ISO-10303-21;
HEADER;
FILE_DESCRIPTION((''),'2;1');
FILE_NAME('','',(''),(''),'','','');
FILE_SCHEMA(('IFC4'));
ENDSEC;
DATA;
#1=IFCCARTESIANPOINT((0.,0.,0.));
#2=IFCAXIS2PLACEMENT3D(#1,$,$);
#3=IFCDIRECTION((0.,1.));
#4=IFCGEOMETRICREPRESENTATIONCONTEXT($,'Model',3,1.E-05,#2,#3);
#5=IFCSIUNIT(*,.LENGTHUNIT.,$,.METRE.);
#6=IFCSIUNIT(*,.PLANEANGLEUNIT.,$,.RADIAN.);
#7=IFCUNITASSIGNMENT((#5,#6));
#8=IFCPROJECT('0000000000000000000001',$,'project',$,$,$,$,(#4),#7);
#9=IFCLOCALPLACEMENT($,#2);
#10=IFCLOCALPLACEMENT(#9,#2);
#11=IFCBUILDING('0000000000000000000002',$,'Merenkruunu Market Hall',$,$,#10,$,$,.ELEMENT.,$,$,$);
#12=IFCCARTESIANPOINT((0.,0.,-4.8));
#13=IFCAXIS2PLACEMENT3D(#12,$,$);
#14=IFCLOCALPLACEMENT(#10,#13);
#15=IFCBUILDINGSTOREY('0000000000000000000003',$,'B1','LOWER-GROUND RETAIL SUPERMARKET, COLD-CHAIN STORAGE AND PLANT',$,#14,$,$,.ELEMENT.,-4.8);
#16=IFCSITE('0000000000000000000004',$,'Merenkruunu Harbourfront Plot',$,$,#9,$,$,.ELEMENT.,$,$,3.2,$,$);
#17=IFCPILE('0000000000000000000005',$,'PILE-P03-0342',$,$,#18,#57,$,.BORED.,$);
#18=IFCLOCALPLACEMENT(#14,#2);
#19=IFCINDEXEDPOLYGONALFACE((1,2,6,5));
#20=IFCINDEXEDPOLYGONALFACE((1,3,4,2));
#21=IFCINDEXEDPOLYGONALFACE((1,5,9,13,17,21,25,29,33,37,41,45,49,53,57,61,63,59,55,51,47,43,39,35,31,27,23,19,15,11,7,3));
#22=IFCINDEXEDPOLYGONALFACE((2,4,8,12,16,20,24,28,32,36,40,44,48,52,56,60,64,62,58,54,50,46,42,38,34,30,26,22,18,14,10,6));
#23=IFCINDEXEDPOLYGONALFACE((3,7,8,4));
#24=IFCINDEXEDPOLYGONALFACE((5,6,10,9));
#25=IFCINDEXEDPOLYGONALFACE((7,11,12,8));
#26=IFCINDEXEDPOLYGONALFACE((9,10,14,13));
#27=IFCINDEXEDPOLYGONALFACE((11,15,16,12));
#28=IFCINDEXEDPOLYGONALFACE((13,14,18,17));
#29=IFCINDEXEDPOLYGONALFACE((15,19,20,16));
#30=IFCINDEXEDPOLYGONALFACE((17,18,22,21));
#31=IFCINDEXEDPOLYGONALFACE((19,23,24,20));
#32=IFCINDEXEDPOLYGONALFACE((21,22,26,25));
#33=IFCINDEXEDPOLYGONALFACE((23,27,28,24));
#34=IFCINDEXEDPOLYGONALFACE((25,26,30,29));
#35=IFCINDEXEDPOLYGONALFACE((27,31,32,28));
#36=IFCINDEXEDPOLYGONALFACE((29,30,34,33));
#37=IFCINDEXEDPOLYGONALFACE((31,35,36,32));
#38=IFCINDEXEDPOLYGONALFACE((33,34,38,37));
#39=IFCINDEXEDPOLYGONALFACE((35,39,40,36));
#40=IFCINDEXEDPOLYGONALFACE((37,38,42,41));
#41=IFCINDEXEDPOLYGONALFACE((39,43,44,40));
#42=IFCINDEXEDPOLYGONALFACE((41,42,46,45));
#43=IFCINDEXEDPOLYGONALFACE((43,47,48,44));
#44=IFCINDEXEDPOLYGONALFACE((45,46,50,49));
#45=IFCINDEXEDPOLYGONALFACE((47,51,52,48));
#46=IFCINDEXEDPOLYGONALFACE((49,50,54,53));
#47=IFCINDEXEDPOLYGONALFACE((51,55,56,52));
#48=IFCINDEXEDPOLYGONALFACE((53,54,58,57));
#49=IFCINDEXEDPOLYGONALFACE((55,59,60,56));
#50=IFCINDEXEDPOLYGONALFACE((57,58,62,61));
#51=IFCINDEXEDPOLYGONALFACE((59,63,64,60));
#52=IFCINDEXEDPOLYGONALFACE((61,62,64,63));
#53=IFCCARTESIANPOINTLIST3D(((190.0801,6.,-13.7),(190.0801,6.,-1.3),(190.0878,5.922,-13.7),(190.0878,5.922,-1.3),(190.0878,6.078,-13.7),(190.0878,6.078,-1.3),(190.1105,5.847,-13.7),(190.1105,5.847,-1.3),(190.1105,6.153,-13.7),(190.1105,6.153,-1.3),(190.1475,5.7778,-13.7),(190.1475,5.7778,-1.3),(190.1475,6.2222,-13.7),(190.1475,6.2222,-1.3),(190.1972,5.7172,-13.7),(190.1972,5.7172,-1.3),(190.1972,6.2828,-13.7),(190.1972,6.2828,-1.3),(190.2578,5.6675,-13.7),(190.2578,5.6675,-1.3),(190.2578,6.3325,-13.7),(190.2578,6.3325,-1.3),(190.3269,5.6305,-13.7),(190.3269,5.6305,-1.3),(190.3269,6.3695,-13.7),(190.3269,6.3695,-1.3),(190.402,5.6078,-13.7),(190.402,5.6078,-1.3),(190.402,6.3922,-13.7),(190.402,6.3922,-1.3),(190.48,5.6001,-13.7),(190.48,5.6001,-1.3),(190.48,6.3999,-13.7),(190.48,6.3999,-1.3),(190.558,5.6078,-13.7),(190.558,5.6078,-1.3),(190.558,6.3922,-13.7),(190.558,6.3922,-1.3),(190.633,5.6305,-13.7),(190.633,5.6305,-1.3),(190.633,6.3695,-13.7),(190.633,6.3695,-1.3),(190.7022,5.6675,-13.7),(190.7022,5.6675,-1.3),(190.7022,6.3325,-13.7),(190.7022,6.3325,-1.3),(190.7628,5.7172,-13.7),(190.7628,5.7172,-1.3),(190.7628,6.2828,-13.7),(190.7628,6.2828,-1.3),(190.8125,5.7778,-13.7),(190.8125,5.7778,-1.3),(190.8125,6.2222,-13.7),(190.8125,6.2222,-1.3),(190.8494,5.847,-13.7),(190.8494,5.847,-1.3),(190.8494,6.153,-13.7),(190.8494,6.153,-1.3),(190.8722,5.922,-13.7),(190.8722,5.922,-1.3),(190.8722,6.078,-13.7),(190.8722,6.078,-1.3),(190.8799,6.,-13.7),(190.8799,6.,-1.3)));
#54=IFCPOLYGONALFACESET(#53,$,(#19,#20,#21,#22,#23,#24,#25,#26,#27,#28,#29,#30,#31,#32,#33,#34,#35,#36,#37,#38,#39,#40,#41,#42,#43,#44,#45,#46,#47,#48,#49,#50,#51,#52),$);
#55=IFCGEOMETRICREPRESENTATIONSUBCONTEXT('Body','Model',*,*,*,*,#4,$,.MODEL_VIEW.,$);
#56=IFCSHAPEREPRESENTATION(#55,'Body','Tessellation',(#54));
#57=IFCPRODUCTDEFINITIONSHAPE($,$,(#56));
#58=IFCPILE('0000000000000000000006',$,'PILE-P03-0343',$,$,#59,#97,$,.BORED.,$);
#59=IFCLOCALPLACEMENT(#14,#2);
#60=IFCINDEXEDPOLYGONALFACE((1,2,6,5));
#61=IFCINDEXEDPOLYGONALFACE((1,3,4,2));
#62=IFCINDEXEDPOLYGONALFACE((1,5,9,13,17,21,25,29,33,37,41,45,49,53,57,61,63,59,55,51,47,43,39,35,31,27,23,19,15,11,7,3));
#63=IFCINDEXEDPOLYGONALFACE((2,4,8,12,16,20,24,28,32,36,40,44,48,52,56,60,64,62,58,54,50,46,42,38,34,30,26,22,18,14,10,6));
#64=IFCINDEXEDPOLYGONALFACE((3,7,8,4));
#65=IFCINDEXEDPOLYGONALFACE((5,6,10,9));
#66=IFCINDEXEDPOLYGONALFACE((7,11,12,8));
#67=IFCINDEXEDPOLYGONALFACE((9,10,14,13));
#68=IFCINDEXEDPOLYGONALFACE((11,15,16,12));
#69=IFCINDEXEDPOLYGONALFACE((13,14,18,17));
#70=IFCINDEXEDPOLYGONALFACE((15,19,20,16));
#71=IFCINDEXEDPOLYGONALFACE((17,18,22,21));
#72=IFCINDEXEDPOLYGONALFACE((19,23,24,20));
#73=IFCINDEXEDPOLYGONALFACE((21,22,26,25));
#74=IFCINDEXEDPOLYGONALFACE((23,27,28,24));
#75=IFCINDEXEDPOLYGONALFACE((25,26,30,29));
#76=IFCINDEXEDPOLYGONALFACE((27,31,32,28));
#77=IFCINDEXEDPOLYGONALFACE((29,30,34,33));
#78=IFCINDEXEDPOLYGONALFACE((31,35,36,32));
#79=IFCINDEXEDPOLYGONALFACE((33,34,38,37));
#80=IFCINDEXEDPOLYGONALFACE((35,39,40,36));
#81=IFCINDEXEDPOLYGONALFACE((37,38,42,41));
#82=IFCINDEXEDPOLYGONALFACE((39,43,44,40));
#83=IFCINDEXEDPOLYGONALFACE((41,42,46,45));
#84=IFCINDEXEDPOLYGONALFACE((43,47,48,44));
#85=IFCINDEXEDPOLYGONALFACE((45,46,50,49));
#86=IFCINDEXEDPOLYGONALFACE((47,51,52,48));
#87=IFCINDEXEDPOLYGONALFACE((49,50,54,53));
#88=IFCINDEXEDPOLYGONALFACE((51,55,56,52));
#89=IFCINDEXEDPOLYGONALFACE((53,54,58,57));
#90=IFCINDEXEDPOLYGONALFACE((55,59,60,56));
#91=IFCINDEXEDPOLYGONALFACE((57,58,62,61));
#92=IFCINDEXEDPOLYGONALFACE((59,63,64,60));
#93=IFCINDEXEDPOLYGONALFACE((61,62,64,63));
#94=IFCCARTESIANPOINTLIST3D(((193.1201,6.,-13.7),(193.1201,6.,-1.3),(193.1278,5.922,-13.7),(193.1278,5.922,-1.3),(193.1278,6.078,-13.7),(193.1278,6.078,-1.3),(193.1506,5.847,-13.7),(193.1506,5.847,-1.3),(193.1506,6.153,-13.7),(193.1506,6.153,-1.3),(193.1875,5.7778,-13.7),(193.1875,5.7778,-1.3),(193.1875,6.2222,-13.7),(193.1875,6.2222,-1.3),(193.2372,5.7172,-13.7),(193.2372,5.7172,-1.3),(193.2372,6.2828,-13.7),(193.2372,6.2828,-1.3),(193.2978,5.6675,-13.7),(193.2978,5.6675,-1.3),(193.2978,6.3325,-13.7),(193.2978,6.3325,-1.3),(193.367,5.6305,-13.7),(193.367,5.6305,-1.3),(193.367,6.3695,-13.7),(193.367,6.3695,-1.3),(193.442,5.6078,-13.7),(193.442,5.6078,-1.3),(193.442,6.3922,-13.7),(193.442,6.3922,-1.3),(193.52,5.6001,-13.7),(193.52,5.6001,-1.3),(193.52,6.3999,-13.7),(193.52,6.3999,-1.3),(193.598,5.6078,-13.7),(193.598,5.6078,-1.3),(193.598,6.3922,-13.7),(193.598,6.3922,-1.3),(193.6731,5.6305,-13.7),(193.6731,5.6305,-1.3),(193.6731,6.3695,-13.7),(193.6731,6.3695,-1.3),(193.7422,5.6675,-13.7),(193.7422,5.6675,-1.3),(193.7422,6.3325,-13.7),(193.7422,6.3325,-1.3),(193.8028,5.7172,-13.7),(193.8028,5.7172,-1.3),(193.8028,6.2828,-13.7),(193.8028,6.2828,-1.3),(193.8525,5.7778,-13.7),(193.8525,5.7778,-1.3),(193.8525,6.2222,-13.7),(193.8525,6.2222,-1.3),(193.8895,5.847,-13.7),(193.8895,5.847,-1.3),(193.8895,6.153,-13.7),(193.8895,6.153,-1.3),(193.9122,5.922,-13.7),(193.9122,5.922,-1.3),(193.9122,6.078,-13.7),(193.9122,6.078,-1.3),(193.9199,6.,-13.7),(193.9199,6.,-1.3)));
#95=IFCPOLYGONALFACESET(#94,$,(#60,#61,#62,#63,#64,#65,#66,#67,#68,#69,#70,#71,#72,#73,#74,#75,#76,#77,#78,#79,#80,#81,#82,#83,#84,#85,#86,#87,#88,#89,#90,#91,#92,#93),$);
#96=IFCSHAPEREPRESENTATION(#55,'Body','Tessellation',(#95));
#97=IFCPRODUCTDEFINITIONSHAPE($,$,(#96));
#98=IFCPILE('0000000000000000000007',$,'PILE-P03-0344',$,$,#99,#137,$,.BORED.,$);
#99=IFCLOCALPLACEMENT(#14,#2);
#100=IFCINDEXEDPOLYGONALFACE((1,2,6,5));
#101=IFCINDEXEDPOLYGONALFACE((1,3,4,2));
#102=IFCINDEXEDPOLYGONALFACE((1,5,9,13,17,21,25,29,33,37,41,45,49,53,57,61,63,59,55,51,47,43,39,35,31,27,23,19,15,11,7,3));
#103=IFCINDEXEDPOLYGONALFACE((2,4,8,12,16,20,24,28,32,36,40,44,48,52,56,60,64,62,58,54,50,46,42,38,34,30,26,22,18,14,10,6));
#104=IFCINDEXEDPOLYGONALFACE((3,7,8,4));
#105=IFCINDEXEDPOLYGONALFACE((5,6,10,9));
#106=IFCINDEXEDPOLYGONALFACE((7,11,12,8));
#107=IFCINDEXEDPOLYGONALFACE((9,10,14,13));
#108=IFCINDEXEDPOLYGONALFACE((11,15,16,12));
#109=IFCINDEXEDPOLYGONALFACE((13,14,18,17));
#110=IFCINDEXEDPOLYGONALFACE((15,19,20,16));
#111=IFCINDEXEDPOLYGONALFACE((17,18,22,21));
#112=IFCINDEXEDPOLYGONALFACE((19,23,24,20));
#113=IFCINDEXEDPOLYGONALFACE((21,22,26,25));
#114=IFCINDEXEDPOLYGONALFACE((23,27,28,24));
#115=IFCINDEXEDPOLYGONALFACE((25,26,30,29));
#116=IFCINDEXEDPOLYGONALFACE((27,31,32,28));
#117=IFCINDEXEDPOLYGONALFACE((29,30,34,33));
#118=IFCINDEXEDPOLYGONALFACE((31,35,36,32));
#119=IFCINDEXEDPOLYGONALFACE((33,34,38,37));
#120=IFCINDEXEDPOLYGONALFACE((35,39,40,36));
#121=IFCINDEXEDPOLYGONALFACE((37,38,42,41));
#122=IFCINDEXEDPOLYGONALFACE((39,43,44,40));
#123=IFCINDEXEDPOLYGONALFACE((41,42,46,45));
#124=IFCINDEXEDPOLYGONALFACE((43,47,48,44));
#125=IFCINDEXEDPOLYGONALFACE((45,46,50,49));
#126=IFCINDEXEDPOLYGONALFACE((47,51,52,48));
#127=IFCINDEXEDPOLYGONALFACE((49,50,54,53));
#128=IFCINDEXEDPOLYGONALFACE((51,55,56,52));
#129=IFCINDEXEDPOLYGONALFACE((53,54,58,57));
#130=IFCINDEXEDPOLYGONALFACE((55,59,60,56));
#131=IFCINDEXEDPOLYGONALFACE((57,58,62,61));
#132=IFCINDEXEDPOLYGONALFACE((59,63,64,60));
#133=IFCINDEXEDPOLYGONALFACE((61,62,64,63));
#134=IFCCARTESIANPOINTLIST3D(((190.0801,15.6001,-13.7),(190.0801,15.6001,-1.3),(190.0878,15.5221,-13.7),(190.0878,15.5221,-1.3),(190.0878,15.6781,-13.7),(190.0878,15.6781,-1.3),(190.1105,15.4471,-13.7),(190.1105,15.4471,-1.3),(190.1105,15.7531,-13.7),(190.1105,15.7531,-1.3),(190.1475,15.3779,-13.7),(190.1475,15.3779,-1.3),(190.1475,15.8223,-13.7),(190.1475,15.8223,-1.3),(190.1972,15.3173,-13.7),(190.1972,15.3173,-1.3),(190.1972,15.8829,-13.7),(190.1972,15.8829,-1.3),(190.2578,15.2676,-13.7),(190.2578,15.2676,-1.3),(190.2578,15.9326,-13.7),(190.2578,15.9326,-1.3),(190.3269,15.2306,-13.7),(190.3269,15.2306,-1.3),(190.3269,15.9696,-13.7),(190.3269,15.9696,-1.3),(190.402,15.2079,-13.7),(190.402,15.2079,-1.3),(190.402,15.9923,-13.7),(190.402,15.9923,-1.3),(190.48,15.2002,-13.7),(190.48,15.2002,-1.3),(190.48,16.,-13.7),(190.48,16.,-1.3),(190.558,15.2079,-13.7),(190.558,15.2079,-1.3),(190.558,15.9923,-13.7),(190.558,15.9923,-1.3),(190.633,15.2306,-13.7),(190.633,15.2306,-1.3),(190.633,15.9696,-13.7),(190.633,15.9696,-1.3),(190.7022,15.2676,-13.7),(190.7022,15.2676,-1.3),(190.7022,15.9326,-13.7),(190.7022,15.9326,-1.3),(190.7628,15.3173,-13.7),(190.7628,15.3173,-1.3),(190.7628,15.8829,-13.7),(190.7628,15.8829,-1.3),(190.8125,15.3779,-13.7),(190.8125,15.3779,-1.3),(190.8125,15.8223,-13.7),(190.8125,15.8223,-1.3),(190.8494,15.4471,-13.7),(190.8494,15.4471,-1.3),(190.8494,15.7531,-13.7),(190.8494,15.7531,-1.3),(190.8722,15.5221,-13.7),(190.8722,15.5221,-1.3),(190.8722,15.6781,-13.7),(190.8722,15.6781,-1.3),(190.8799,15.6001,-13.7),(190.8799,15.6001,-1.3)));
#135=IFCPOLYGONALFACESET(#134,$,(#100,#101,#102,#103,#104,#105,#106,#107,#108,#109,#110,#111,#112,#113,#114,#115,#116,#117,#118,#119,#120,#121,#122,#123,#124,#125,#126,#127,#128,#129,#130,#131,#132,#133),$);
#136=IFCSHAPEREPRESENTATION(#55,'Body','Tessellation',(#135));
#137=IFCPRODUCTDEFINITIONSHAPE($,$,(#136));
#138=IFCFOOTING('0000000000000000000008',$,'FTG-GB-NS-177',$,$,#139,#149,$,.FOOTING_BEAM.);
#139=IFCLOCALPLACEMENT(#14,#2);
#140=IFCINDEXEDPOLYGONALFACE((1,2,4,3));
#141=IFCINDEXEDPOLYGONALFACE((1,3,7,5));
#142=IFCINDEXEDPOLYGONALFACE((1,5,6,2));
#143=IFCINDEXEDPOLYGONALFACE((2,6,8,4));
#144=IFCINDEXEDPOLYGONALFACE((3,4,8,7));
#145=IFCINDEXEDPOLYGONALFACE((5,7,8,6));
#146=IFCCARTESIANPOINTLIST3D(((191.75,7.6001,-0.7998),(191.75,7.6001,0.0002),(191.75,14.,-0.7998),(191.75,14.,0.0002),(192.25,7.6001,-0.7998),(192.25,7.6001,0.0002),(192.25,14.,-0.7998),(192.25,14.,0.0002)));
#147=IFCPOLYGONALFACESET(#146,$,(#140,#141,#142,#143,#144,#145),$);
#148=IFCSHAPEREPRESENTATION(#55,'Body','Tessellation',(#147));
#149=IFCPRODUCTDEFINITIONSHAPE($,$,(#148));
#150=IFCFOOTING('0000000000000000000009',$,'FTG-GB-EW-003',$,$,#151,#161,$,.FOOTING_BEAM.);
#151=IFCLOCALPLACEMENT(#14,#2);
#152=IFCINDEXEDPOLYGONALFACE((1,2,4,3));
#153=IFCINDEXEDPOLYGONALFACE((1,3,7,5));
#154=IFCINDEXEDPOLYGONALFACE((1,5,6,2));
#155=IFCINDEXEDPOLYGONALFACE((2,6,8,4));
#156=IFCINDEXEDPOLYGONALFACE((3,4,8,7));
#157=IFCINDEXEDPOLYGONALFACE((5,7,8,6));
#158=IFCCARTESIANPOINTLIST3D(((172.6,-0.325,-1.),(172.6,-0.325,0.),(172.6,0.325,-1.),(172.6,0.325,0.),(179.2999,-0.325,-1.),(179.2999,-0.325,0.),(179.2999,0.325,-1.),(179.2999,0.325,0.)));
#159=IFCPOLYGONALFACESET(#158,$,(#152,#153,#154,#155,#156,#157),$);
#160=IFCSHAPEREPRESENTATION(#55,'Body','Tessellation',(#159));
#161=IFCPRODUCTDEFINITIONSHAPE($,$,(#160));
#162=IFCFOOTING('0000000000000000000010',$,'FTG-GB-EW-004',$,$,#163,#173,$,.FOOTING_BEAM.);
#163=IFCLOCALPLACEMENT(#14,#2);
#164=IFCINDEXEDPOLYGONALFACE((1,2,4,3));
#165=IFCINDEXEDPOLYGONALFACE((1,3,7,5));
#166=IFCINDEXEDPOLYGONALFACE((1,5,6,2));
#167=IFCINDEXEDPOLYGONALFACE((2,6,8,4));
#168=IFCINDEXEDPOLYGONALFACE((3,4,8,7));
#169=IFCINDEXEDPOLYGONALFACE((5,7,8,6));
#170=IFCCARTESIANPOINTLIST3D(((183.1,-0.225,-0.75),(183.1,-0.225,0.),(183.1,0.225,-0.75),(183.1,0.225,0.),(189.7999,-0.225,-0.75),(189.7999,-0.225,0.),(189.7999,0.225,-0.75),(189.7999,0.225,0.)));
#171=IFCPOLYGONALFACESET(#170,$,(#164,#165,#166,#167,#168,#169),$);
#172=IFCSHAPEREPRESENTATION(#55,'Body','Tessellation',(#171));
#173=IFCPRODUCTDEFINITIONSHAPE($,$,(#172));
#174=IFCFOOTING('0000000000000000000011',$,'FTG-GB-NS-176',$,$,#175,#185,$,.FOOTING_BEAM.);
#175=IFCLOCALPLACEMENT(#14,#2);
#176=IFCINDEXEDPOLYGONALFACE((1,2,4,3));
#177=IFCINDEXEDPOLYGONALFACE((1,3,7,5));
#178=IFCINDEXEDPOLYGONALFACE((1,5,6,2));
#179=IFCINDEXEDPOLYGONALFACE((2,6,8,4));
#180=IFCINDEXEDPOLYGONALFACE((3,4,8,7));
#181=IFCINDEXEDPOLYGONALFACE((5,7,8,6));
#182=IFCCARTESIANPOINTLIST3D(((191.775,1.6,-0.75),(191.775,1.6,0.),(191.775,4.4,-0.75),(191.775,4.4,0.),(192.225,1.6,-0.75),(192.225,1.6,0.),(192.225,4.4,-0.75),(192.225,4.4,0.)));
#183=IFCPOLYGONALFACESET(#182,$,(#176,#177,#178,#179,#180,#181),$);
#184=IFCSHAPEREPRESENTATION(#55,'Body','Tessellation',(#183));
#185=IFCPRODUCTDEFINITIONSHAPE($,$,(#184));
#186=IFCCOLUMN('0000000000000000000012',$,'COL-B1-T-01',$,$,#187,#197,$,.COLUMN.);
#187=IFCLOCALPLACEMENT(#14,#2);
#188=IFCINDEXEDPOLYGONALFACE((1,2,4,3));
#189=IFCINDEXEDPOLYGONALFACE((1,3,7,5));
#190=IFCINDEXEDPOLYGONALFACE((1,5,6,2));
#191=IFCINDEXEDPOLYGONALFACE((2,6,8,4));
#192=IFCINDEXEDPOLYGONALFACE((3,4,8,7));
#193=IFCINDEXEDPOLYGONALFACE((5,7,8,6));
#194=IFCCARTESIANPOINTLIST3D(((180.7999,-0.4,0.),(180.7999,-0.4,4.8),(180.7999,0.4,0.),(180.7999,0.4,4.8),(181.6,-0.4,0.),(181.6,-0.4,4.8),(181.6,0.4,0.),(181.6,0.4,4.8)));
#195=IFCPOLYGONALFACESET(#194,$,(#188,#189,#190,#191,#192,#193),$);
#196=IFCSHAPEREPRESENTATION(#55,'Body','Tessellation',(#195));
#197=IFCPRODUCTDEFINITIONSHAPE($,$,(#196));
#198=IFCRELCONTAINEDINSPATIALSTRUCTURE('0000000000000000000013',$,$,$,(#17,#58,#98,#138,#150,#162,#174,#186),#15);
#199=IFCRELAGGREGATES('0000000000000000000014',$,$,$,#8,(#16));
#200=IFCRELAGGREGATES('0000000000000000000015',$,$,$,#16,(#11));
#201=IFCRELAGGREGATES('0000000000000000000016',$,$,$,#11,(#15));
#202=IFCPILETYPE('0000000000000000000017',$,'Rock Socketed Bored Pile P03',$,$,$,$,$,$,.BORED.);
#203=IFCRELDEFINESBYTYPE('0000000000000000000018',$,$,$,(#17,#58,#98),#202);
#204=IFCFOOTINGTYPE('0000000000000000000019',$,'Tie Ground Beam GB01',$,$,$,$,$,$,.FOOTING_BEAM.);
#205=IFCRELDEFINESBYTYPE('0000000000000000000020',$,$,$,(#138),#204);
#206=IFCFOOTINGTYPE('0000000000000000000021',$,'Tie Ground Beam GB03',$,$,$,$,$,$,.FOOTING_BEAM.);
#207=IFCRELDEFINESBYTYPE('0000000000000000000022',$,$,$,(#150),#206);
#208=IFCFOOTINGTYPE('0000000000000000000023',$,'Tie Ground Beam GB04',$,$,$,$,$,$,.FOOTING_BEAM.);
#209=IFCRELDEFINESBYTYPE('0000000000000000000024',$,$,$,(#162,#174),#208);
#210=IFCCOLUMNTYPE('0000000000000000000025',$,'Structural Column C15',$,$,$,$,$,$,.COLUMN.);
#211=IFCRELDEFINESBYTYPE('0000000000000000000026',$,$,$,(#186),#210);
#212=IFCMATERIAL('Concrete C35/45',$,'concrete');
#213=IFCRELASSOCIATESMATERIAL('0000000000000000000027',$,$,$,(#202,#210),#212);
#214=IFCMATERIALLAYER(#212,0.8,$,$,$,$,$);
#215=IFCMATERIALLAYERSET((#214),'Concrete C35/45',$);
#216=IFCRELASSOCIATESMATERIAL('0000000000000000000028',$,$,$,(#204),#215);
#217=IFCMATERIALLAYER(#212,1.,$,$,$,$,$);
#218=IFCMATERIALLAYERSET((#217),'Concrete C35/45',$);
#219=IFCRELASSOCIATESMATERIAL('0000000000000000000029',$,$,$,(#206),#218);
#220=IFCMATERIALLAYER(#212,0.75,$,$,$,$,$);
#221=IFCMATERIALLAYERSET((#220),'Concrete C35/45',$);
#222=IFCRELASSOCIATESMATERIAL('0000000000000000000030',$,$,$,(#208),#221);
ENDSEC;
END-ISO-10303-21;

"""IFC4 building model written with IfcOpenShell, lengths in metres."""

from ifc_helpers import new_model, si_unit, direction, frame, origin, origin_2d, place, context, subcontext, project, spatial, rectangle, circle, extrude, material, layer, layer_set, material_profile, profile_set, type_object, element, save


model = new_model("IFC4")

# Units and contexts
model_context = context("Model", 3, precision=1e-05, world=origin(), true_north=direction((0.0, 1.0)))
body_context = subcontext(model_context, "Body", "Model", "MODEL_VIEW")
ifc_project = project(units=[si_unit("LENGTHUNIT", "METRE"), si_unit("PLANEANGLEUNIT", "RADIAN")], contexts=[model_context])

# Site, building, storey
site_placement = place(None, origin())
site = spatial("IfcSite", under=ifc_project, at=site_placement, Name="Merenkruunu Harbourfront Plot", CompositionType="ELEMENT", RefElevation=3.2)
building_placement = place(site_placement, origin())
building = spatial("IfcBuilding", under=site, at=building_placement, Name="Merenkruunu Market Hall", CompositionType="ELEMENT")
storey_placement = place(building_placement, frame((0.0, 0.0, -4.8)))
storey = spatial("IfcBuildingStorey", under=building, at=storey_placement, Name="B1", Description="LOWER-GROUND RETAIL SUPERMARKET, COLD-CHAIN STORAGE AND PLANT", CompositionType="ELEMENT", Elevation=-4.8)

# Shared definitions
ifc_material = material(Name="Concrete C35/45", Category="concrete")

# Piles
ifc_material_profile_1 = material_profile(ifc_material, circle(Radius=0.3999, at=origin_2d()), Name="BORED PILE 800")
ifc_profile_set_1 = profile_set([ifc_material_profile_1], Name="Concrete C35/45")
pile_type_1 = type_object("IfcPileType", Name="Rock Socketed Bored Pile P03", PredefinedType="BORED", material=ifc_profile_set_1)
for number, where, z_axis, x_axis, name in (
    (1, (190.48, 6.0, -1.3), (0.0, 0.0, -1.0), (1.0, 0.0, 0.0), "PILE-P03-0342"),
    (2, (193.52, 6.0, -1.3), (0.0, 0.0, -1.0), (1.0, 0.0, 0.0), "PILE-P03-0343"),
    (3, (190.48, 15.6001, -1.3), (0.0, 0.0, -1.0), (1.0, 0.0, 0.0), "PILE-P03-0344"),
):
    element("IfcPile", number, at=place(storey_placement, frame(where, z_axis=z_axis, x_axis=x_axis)), inside=storey, type_object=pile_type_1, Name=name, PredefinedType="BORED", context=body_context, shape_type="SweptSolid", body=[
        extrude(circle(Radius=0.3999, at=origin_2d()), origin(), (0.0, 0.0, 1.0), 12.3999),
    ])

# Footings
ifc_layer_1 = layer(ifc_material, 0.8)
ifc_layer_set_1 = layer_set([ifc_layer_1], Name="Concrete C35/45")
footing_type_1 = type_object("IfcFootingType", Name="Tie Ground Beam GB01", PredefinedType="FOOTING_BEAM", material=ifc_layer_set_1)
footing_1_placement = place(storey_placement, frame((192.0, 10.8, -0.7998), z_axis=(0.0, 0.0, 1.0), x_axis=(0.0, 1.0, 0.0)))
element("IfcFooting", 4, at=footing_1_placement, inside=storey, type_object=footing_type_1, Name="FTG-GB-NS-177", PredefinedType="FOOTING_BEAM", context=body_context, shape_type="SweptSolid", body=[
    extrude(rectangle(XDim=6.3999, YDim=0.5, at=origin_2d()), origin(), (0.0, 0.0, 1.0), 0.8),
])
ifc_layer_2 = layer(ifc_material, 1.0)
ifc_layer_set_2 = layer_set([ifc_layer_2], Name="Concrete C35/45")
footing_type_2 = type_object("IfcFootingType", Name="Tie Ground Beam GB03", PredefinedType="FOOTING_BEAM", material=ifc_layer_set_2)
footing_2_placement = place(storey_placement, frame((175.95, 0.0, -1.0), z_axis=(0.0, 0.0, 1.0), x_axis=(1.0, 0.0, 0.0)))
element("IfcFooting", 5, at=footing_2_placement, inside=storey, type_object=footing_type_2, Name="FTG-GB-EW-003", PredefinedType="FOOTING_BEAM", context=body_context, shape_type="SweptSolid", body=[
    extrude(rectangle(XDim=6.7, YDim=0.6499, at=origin_2d()), origin(), (0.0, 0.0, 1.0), 1.0),
])
ifc_layer_3 = layer(ifc_material, 0.75)
ifc_layer_set_3 = layer_set([ifc_layer_3], Name="Concrete C35/45")
footing_type_3 = type_object("IfcFootingType", Name="Tie Ground Beam GB04", PredefinedType="FOOTING_BEAM", material=ifc_layer_set_3)
footing_3_placement = place(storey_placement, frame((186.45, 0.0, -0.75), z_axis=(0.0, 0.0, 1.0), x_axis=(1.0, 0.0, 0.0)))
element("IfcFooting", 6, at=footing_3_placement, inside=storey, type_object=footing_type_3, Name="FTG-GB-EW-004", PredefinedType="FOOTING_BEAM", context=body_context, shape_type="SweptSolid", body=[
    extrude(rectangle(XDim=6.7, YDim=0.45, at=origin_2d()), origin(), (0.0, 0.0, 1.0), 0.75),
])
footing_4_placement = place(storey_placement, frame((192.0, 3.0, -0.75), z_axis=(0.0, 0.0, 1.0), x_axis=(0.0, 1.0, 0.0)))
element("IfcFooting", 7, at=footing_4_placement, inside=storey, type_object=footing_type_3, Name="FTG-GB-NS-176", PredefinedType="FOOTING_BEAM", context=body_context, shape_type="SweptSolid", body=[
    extrude(rectangle(XDim=2.8, YDim=0.45, at=origin_2d()), origin(), (0.0, 0.0, 1.0), 0.75),
])

# Column
ifc_material_profile_2 = material_profile(ifc_material, rectangle(XDim=0.8, YDim=0.8, at=origin_2d()), Name="RC 800x800")
ifc_profile_set_2 = profile_set([ifc_material_profile_2], Name="Concrete C35/45")
column_type = type_object("IfcColumnType", Name="Structural Column C15", PredefinedType="COLUMN", material=ifc_profile_set_2)
for number, where, z_axis, x_axis, name in (
    (8, (181.2, 0.0, 0.0), (0.0, 0.0, 1.0), (1.0, 0.0, 0.0), "COL-B1-T-01"),
):
    element("IfcColumn", number, at=place(storey_placement, frame(where, z_axis=z_axis, x_axis=x_axis)), inside=storey, type_object=column_type, Name=name, PredefinedType="COLUMN", context=body_context, shape_type="SweptSolid", body=[
        extrude(rectangle(XDim=0.8, YDim=0.8, at=origin_2d()), origin(), (0.0, 0.0, 1.0), 4.8),
    ])

save(model, "model.ifc")
